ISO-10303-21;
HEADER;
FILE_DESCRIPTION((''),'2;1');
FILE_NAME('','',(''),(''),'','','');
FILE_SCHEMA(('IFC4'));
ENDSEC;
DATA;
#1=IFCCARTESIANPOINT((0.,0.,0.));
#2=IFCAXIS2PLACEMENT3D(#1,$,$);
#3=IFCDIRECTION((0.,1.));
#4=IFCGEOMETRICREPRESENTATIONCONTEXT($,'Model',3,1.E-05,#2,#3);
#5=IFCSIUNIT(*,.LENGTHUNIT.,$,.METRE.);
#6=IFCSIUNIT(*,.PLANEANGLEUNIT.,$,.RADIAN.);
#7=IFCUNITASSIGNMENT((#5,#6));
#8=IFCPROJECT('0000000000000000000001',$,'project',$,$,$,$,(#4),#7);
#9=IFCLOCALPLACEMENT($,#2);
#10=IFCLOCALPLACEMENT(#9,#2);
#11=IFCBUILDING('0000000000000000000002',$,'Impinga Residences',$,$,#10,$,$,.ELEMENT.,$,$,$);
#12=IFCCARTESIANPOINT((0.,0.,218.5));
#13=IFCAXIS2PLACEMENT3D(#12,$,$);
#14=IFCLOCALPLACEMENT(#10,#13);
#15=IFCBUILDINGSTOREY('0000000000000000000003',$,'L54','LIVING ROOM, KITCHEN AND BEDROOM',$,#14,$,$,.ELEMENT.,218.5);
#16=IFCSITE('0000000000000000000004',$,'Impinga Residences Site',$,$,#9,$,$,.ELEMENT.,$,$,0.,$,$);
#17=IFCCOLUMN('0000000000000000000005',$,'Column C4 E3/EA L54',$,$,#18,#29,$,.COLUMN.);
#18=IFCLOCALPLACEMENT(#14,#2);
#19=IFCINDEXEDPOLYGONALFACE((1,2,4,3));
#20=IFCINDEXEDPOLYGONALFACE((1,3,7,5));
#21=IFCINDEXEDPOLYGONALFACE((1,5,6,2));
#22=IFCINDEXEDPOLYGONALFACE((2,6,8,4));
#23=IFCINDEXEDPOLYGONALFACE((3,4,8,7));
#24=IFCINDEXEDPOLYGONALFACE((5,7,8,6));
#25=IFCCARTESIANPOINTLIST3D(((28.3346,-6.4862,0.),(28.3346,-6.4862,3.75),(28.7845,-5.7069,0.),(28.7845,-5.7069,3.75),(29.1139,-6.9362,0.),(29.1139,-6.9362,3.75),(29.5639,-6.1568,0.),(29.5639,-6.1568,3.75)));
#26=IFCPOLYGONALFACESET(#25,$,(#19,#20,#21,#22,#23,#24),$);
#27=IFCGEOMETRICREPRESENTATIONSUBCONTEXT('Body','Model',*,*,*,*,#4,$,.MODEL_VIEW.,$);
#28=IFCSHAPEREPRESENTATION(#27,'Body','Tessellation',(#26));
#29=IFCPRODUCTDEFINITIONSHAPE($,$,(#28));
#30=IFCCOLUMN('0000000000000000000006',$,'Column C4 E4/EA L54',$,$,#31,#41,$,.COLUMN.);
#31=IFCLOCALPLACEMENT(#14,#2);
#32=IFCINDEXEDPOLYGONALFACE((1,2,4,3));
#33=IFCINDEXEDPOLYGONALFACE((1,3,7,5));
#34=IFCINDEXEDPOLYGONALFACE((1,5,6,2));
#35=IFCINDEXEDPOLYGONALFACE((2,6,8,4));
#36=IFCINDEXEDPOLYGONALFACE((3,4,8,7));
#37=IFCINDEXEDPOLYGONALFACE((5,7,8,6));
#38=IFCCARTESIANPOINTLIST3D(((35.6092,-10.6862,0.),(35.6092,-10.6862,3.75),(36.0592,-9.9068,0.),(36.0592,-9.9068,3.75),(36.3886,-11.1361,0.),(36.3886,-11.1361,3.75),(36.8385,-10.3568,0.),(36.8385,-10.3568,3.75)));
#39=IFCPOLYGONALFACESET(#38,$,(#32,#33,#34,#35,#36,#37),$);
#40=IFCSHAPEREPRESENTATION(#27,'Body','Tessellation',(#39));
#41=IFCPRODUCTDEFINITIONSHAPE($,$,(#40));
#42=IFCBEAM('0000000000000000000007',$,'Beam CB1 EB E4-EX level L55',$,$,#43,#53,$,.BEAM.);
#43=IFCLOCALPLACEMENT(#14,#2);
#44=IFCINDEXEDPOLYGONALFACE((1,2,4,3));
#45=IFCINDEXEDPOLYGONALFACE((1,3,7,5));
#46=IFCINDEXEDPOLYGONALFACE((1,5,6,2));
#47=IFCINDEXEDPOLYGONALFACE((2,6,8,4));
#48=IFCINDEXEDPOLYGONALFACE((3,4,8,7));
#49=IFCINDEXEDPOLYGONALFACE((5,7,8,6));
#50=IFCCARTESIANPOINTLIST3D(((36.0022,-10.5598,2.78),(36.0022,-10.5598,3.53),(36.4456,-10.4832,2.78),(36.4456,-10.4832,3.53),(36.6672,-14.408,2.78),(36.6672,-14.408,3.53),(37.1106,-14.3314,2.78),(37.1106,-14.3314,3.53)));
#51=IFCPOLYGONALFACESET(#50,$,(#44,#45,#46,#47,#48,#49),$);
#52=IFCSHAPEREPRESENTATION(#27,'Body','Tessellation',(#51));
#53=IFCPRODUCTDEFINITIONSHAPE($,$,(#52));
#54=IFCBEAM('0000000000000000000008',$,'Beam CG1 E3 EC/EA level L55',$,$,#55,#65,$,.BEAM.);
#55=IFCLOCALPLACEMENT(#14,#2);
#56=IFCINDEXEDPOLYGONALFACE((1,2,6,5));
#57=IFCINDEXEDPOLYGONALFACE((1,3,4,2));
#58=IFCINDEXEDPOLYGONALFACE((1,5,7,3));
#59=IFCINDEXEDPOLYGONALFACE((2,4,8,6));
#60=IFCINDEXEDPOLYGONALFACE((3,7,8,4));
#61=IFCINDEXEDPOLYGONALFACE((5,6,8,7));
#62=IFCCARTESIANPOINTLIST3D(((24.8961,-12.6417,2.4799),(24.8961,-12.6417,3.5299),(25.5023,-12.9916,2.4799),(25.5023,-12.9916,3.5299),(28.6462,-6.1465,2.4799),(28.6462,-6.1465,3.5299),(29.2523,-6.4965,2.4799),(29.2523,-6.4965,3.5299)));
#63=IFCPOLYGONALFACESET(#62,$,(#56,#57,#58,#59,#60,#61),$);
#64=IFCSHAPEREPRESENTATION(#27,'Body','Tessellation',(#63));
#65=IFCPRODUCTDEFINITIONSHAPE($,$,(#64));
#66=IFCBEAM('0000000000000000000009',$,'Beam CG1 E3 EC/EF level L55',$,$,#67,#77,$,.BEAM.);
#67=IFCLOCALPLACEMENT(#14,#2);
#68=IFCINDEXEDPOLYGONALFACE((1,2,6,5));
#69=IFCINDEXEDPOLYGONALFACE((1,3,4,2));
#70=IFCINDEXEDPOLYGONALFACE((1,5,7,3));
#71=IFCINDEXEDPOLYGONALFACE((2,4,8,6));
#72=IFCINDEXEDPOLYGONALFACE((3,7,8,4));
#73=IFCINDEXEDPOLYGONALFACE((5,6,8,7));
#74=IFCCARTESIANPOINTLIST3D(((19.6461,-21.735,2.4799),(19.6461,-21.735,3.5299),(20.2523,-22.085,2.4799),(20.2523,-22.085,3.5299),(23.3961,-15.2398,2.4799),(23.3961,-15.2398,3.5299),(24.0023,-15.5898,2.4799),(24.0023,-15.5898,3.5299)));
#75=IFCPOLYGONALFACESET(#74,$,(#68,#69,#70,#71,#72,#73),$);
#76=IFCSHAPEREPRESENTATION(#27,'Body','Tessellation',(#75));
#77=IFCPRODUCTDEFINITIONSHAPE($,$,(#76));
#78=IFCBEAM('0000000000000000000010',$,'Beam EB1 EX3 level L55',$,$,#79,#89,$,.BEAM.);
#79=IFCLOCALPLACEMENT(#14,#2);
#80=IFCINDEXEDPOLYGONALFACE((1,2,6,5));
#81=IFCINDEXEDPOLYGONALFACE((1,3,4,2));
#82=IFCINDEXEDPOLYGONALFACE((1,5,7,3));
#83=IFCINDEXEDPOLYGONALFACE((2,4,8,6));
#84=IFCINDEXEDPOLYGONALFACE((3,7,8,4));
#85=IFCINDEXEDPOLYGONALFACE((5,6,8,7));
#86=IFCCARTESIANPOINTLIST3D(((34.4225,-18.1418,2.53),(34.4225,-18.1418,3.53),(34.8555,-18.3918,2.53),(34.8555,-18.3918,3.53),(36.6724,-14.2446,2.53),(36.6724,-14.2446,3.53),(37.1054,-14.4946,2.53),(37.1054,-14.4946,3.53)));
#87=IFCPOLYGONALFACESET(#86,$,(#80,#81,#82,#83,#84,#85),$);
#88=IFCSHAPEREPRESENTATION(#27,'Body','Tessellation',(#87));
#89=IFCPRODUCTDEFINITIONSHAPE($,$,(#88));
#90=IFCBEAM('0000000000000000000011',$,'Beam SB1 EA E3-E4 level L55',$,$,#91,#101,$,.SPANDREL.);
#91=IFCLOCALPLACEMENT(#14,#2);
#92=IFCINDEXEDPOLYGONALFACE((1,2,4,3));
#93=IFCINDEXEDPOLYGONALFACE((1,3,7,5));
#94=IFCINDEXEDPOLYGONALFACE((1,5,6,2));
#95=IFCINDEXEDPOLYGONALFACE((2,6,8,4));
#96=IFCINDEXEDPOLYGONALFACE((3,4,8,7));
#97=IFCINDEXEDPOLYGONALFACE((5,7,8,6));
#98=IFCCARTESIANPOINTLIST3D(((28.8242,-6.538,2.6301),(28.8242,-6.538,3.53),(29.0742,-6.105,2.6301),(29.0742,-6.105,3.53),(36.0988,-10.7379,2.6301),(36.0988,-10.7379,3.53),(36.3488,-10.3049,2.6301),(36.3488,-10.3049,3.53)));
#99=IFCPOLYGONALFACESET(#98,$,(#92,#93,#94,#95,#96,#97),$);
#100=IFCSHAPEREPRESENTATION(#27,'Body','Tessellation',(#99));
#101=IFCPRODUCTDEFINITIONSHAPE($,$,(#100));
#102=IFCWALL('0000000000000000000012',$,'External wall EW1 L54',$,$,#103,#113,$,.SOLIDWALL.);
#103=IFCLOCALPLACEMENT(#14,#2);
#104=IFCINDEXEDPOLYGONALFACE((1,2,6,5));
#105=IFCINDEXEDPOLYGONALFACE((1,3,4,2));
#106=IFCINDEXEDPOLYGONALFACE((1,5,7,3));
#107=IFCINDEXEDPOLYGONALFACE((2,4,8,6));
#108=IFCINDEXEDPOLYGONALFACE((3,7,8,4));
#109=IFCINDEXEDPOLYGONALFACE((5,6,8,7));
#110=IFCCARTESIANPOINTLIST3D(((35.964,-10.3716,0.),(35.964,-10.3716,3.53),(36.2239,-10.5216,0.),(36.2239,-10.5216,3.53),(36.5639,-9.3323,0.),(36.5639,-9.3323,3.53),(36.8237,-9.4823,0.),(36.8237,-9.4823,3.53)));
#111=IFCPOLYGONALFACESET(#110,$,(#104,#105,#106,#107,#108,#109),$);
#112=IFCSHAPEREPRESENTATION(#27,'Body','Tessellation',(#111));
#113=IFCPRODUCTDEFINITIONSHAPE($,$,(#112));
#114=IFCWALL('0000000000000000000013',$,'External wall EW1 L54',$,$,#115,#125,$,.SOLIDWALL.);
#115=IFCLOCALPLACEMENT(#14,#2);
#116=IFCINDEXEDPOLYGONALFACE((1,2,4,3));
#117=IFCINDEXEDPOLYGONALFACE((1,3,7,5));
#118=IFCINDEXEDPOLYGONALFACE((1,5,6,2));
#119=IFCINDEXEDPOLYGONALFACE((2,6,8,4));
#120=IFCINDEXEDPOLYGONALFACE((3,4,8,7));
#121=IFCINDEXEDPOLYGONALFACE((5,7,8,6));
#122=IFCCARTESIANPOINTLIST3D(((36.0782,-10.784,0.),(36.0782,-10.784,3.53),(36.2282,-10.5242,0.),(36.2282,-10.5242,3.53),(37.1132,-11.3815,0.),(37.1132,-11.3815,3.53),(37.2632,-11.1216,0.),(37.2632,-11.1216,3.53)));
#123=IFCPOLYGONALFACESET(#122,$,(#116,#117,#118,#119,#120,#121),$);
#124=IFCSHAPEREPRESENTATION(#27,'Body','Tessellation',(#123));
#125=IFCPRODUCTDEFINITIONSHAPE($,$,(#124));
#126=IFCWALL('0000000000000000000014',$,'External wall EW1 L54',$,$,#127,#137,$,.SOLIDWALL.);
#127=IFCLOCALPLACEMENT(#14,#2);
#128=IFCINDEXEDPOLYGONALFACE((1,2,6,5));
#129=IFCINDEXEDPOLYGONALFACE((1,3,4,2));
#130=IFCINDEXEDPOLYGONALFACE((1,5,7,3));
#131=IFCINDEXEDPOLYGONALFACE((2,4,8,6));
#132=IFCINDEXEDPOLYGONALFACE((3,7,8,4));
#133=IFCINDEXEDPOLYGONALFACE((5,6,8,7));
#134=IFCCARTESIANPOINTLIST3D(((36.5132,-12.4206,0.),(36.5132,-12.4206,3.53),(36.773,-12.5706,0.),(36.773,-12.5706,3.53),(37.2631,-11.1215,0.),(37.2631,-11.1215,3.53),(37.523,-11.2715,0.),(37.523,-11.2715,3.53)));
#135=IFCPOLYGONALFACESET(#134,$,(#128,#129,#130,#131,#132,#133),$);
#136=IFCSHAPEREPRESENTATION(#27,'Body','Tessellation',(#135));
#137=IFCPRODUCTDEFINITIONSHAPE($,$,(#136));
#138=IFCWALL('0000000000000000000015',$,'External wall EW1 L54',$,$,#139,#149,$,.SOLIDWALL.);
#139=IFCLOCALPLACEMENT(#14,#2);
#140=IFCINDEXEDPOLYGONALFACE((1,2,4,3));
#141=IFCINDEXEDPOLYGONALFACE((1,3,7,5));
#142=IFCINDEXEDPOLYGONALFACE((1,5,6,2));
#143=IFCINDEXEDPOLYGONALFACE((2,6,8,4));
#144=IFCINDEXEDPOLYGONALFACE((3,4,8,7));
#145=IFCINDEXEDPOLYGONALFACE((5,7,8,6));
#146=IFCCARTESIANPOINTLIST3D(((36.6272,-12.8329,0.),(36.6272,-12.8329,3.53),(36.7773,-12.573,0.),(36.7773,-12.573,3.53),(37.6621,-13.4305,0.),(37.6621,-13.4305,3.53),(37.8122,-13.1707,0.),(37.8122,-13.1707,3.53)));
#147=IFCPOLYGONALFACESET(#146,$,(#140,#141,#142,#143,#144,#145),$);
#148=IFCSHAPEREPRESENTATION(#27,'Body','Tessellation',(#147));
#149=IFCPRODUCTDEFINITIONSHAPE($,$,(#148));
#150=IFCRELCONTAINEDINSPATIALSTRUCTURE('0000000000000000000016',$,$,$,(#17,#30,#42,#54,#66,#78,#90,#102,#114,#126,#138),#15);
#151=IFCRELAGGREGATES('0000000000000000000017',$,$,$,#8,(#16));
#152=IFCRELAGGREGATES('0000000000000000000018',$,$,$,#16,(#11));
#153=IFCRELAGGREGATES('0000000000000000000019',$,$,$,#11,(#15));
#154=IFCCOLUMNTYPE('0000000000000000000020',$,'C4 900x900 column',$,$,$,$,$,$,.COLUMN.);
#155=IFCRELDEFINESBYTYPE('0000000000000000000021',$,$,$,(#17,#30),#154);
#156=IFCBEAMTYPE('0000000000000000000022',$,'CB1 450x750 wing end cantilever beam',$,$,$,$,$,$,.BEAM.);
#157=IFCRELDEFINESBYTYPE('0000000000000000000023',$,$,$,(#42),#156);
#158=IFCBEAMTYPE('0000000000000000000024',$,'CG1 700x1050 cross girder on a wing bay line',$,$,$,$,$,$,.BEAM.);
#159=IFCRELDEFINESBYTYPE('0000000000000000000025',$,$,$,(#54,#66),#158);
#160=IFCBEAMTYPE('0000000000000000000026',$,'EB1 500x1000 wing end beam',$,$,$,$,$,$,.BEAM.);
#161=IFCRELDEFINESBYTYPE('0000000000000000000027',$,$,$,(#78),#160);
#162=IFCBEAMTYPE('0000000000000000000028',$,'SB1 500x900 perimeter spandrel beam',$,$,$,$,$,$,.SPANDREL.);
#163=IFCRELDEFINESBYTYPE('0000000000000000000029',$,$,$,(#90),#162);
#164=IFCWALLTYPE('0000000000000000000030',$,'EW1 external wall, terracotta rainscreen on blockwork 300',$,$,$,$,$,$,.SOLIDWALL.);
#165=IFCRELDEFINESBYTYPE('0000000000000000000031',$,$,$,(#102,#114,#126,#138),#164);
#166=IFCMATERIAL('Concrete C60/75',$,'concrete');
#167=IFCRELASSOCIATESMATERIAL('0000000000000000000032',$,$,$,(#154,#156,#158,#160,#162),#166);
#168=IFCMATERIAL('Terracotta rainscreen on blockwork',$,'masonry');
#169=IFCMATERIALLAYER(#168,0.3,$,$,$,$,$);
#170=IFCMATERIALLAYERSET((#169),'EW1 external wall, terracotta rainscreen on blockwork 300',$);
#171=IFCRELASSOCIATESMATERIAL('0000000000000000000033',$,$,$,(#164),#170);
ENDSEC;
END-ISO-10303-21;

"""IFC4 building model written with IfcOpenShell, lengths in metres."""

from ifc_helpers import new_model, si_unit, direction, frame, frame_2d, origin, origin_2d, place, context, subcontext, project, spatial, rectangle, extrude, material, layer, layer_set, material_profile, profile_set, type_object, element, save


model = new_model("IFC4")

# Units and contexts
model_context = context("Model", 3, precision=1e-05, world=origin(), true_north=direction((0.0, 1.0)))
body_context = subcontext(model_context, "Body", "Model", "MODEL_VIEW")
ifc_project = project(units=[si_unit("LENGTHUNIT", "METRE"), si_unit("PLANEANGLEUNIT", "RADIAN")], contexts=[model_context])

# Site, building, storey
site_placement = place(None, origin())
site = spatial("IfcSite", under=ifc_project, at=site_placement, Name="Impinga Residences Site", CompositionType="ELEMENT", RefElevation=0.0)
building_placement = place(site_placement, origin())
building = spatial("IfcBuilding", under=site, at=building_placement, Name="Impinga Residences", CompositionType="ELEMENT")
storey_placement = place(building_placement, frame((0.0, 0.0, 218.5)))
storey = spatial("IfcBuildingStorey", under=building, at=storey_placement, Name="L54", Description="LIVING ROOM, KITCHEN AND BEDROOM", CompositionType="ELEMENT", Elevation=218.5)

# Columns
ifc_material_1 = material(Name="Concrete C60/75", Category="concrete")
ifc_material_profile_1 = material_profile(ifc_material_1, rectangle(XDim=0.8999, YDim=0.8999, at=origin_2d()), Name="RC 900x900")
ifc_profile_set_1 = profile_set([ifc_material_profile_1], Name="Concrete C60/75")
column_type = type_object("IfcColumnType", Name="C4 900x900 column", PredefinedType="COLUMN", material=ifc_profile_set_1)
for number, where, z_axis, x_axis, name in (
    (1, (28.9492, -6.3215, 0.0), (0.0, 0.0, 1.0), (-0.5, -0.866025, 0.0), "Column C4 E3/EA L54"),
    (2, (36.2239, -10.5215, 0.0), (0.0, 0.0, 1.0), (-0.5, -0.866025, 0.0), "Column C4 E4/EA L54"),
):
    element("IfcColumn", number, at=place(storey_placement, frame(where, z_axis=z_axis, x_axis=x_axis)), inside=storey, type_object=column_type, Name=name, PredefinedType="COLUMN", context=body_context, shape_type="SweptSolid", body=[
        extrude(rectangle(XDim=0.8999, YDim=0.8999, at=origin_2d()), origin(), (0.0, 0.0, 1.0), 3.75),
    ])

# Beams
ifc_material_profile_2 = material_profile(ifc_material_1, rectangle(XDim=0.45, YDim=0.75, at=origin_2d()), Name="RC 450x750")
ifc_profile_set_2 = profile_set([ifc_material_profile_2], Name="Concrete C60/75")
beam_type_1 = type_object("IfcBeamType", Name="CB1 450x750 wing end cantilever beam", PredefinedType="BEAM", material=ifc_profile_set_2)
beam_1_placement = place(storey_placement, frame((36.2239, -10.5215, 3.155), z_axis=(0.170296, -0.985393, 0.0), x_axis=(0.985393, 0.170296, 0.0)))
element("IfcBeam", 3, at=beam_1_placement, inside=storey, type_object=beam_type_1, Name="Beam CB1 EB E4-EX level L55", PredefinedType="BEAM", context=body_context, shape_type="SweptSolid", body=[
    extrude(rectangle(XDim=0.45, YDim=0.75, at=origin_2d()), origin(), (0.0, 0.0, 1.0), 3.9053),
])
ifc_material_profile_3 = material_profile(ifc_material_1, rectangle(XDim=0.7, YDim=1.05, at=origin_2d()), Name="RC 700x1050")
ifc_profile_set_3 = profile_set([ifc_material_profile_3], Name="Concrete C60/75")
beam_type_2 = type_object("IfcBeamType", Name="CG1 700x1050 cross girder on a wing bay line", PredefinedType="BEAM", material=ifc_profile_set_3)
for number, where, z_axis, x_axis, name in (
    (4, (25.1992, -12.8167, 3.0049), (0.500004, 0.866023, 0.0), (-0.866023, 0.500004, 0.0), "Beam CG1 E3 EC/EA level L55"),
    (5, (23.6992, -15.4148, 3.0049), (-0.500004, -0.866023, 0.0), (0.866023, -0.500004, 0.0), "Beam CG1 E3 EC/EF level L55"),
):
    element("IfcBeam", number, at=place(storey_placement, frame(where, z_axis=z_axis, x_axis=x_axis)), inside=storey, type_object=beam_type_2, Name=name, PredefinedType="BEAM", context=body_context, shape_type="SweptSolid", body=[
        extrude(rectangle(XDim=0.7, YDim=1.05, at=origin_2d()), origin(), (0.0, 0.0, 1.0), 7.5),
    ])
ifc_material_profile_4 = material_profile(ifc_material_1, rectangle(XDim=0.5, YDim=1.0, at=origin_2d()), Name="RC 500x1000")
ifc_profile_set_4 = profile_set([ifc_material_profile_4], Name="Concrete C60/75")
beam_type_3 = type_object("IfcBeamType", Name="EB1 500x1000 wing end beam", PredefinedType="BEAM", material=ifc_profile_set_4)
beam_2_placement = place(storey_placement, frame((36.8889, -14.3696, 3.03), z_axis=(-0.49999, -0.866031, 0.0), x_axis=(0.866031, -0.49999, 0.0)))
element("IfcBeam", 6, at=beam_2_placement, inside=storey, type_object=beam_type_3, Name="Beam EB1 EX3 level L55", PredefinedType="BEAM", context=body_context, shape_type="SweptSolid", body=[
    extrude(rectangle(XDim=0.5, YDim=1.0, at=origin_2d()), origin(), (0.0, 0.0, 1.0), 4.5),
])
ifc_material_profile_5 = material_profile(ifc_material_1, rectangle(XDim=0.5, YDim=0.8999, at=origin_2d()), Name="RC 500x900")
ifc_profile_set_5 = profile_set([ifc_material_profile_5], Name="Concrete C60/75")
beam_type_4 = type_object("IfcBeamType", Name="SB1 500x900 perimeter spandrel beam", PredefinedType="SPANDREL", material=ifc_profile_set_5)
beam_3_placement = place(storey_placement, frame((28.9492, -6.3215, 3.0801), z_axis=(0.866029, -0.499993, 0.0), x_axis=(0.499993, 0.866029, 0.0)))
element("IfcBeam", 7, at=beam_3_placement, inside=storey, type_object=beam_type_4, Name="Beam SB1 EA E3-E4 level L55", PredefinedType="SPANDREL", context=body_context, shape_type="SweptSolid", body=[
    extrude(rectangle(XDim=0.5, YDim=0.8999, at=origin_2d()), origin(), (0.0, 0.0, 1.0), 8.3999),
])

# Walls
ifc_material_2 = material(Name="Terracotta rainscreen on blockwork", Category="masonry")
ifc_layer_1 = layer(ifc_material_2, 0.3)
ifc_layer_set_1 = layer_set([ifc_layer_1], Name="EW1 external wall, terracotta rainscreen on blockwork 300")
wall_type_1 = type_object("IfcWallType", Name="EW1 external wall, terracotta rainscreen on blockwork 300", PredefinedType="SOLIDWALL", material=ifc_layer_set_1)
wall_1_placement = place(storey_placement, frame((36.6938, -9.4072, 0.0), z_axis=(0.0, 0.0, 1.0), x_axis=(-0.499881, -0.866094, 0.0)))
element("IfcWall", 8, at=wall_1_placement, inside=storey, type_object=wall_type_1, Name="External wall EW1 L54", PredefinedType="SOLIDWALL", context=body_context, shape_type="SweptSolid", body=[
    extrude(rectangle(XDim=1.2, YDim=0.3, at=frame_2d((0.6001, 0.0))), origin(), (0.0, 0.0, 1.0), 3.53),
])
wall_2_placement = place(storey_placement, frame((36.1531, -10.6541, 0.0), z_axis=(0.0, 0.0, 1.0), x_axis=(0.86606, -0.499941, 0.0)))
element("IfcWall", 9, at=wall_2_placement, inside=storey, type_object=wall_type_1, Name="External wall EW1 L54", PredefinedType="SOLIDWALL", context=body_context, shape_type="SweptSolid", body=[
    extrude(rectangle(XDim=1.1951, YDim=0.3, at=frame_2d((0.5977, 0.0))), origin(), (0.0, 0.0, 1.0), 3.53),
])
wall_3_placement = place(storey_placement, frame((37.3931, -11.1965, 0.0), z_axis=(0.0, 0.0, 1.0), x_axis=(-0.49999, -0.866031, 0.0)))
element("IfcWall", 10, at=wall_3_placement, inside=storey, type_object=wall_type_1, Name="External wall EW1 L54", PredefinedType="SOLIDWALL", context=body_context, shape_type="SweptSolid", body=[
    extrude(rectangle(XDim=1.5, YDim=0.3, at=frame_2d((0.75, 0.0))), origin(), (0.0, 0.0, 1.0), 3.53),
])
wall_4_placement = place(storey_placement, frame((36.7021, -12.7029, 0.0), z_axis=(0.0, 0.0, 1.0), x_axis=(0.865971, -0.500094, 0.0)))
element("IfcWall", 11, at=wall_4_placement, inside=storey, type_object=wall_type_1, Name="External wall EW1 L54", PredefinedType="SOLIDWALL", context=body_context, shape_type="SweptSolid", body=[
    extrude(rectangle(XDim=1.1951, YDim=0.3, at=frame_2d((0.5977, 0.0))), origin(), (0.0, 0.0, 1.0), 3.53),
])

save(model, "model.ifc")
